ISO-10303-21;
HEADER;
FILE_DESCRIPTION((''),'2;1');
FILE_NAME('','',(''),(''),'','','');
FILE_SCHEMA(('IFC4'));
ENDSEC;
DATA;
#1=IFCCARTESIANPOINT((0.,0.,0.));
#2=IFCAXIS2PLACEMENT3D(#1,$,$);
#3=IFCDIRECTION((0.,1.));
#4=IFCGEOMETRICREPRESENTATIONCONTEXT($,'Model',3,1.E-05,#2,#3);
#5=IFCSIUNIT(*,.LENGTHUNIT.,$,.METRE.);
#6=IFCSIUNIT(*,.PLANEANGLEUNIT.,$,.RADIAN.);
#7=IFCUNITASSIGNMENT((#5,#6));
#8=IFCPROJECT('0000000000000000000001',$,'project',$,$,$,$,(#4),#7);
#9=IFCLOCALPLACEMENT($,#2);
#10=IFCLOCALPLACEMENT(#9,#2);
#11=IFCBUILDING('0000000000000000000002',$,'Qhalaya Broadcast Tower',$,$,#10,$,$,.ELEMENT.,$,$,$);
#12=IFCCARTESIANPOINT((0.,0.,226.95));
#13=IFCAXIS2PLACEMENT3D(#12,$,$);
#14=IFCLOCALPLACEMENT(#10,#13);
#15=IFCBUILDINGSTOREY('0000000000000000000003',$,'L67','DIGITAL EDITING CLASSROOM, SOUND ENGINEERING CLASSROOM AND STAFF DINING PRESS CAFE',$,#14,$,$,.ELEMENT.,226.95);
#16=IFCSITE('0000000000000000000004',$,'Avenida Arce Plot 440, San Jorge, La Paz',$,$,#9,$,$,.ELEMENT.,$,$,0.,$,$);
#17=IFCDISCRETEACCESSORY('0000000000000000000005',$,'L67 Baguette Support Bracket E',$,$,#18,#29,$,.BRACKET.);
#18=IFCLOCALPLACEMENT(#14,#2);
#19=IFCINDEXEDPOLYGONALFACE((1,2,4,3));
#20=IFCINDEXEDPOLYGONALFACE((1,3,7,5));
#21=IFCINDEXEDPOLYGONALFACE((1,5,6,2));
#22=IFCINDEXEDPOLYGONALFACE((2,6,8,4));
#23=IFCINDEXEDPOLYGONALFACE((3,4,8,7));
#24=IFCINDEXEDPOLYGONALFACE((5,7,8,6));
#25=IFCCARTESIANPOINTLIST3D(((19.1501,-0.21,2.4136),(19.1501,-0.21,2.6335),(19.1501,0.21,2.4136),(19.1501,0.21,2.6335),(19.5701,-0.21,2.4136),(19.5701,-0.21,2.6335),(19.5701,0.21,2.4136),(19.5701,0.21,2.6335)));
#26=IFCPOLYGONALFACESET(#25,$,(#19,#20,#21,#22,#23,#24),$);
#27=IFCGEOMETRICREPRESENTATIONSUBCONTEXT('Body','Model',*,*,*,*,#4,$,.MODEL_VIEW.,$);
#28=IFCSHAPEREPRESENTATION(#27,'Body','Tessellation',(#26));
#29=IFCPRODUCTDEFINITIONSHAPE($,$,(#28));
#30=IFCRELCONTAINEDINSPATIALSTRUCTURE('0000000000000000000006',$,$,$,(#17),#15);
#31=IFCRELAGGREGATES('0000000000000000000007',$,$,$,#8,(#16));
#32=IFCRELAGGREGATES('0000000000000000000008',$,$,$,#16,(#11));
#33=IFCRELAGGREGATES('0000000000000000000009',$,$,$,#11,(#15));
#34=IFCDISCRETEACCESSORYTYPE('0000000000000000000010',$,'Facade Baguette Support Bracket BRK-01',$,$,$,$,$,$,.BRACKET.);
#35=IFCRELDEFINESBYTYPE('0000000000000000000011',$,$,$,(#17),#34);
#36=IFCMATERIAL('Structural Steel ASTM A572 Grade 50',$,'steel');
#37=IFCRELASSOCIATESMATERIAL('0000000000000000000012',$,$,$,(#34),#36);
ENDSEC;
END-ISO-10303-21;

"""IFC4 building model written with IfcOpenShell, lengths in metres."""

from ifc_helpers import new_model, si_unit, direction, frame, origin, origin_2d, place, context, subcontext, project, spatial, rectangle, extrude, material, type_object, element, save


model = new_model("IFC4")

# Units and contexts
model_context = context("Model", 3, precision=1e-05, world=origin(), true_north=direction((0.0, 1.0)))
body_context = subcontext(model_context, "Body", "Model", "MODEL_VIEW")
ifc_project = project(units=[si_unit("LENGTHUNIT", "METRE"), si_unit("PLANEANGLEUNIT", "RADIAN")], contexts=[model_context])

# Site, building, storey
site_placement = place(None, origin())
site = spatial("IfcSite", under=ifc_project, at=site_placement, Name="Avenida Arce Plot 440, San Jorge, La Paz", CompositionType="ELEMENT", RefElevation=0.0)
building_placement = place(site_placement, origin())
building = spatial("IfcBuilding", under=site, at=building_placement, Name="Qhalaya Broadcast Tower", CompositionType="ELEMENT")
storey_placement = place(building_placement, frame((0.0, 0.0, 226.95)))
storey = spatial("IfcBuildingStorey", under=building, at=storey_placement, Name="L67", Description="DIGITAL EDITING CLASSROOM, SOUND ENGINEERING CLASSROOM AND STAFF DINING PRESS CAFE", CompositionType="ELEMENT", Elevation=226.95)

# Shared definitions
ifc_material_1 = material(Name="Structural Steel ASTM A572 Grade 50", Category="steel")

# Discrete accessory
discrete_accessory_type = type_object("IfcDiscreteAccessoryType", Name="Facade Baguette Support Bracket BRK-01", PredefinedType="BRACKET", material=ifc_material_1)
discrete_accessory_placement = place(storey_placement, frame((19.3601, 0.0, 2.4136), z_axis=(0.0, 0.0, 1.0), x_axis=(0.0, 1.0, 0.0)))
element("IfcDiscreteAccessory", 1, at=discrete_accessory_placement, inside=storey, type_object=discrete_accessory_type, Name="L67 Baguette Support Bracket E", PredefinedType="BRACKET", context=body_context, shape_type="SweptSolid", body=[
    extrude(rectangle(XDim=0.4199, YDim=0.4199, at=origin_2d()), origin(), (0.0, 0.0, 1.0), 0.22),
])

save(model, "model.ifc")
